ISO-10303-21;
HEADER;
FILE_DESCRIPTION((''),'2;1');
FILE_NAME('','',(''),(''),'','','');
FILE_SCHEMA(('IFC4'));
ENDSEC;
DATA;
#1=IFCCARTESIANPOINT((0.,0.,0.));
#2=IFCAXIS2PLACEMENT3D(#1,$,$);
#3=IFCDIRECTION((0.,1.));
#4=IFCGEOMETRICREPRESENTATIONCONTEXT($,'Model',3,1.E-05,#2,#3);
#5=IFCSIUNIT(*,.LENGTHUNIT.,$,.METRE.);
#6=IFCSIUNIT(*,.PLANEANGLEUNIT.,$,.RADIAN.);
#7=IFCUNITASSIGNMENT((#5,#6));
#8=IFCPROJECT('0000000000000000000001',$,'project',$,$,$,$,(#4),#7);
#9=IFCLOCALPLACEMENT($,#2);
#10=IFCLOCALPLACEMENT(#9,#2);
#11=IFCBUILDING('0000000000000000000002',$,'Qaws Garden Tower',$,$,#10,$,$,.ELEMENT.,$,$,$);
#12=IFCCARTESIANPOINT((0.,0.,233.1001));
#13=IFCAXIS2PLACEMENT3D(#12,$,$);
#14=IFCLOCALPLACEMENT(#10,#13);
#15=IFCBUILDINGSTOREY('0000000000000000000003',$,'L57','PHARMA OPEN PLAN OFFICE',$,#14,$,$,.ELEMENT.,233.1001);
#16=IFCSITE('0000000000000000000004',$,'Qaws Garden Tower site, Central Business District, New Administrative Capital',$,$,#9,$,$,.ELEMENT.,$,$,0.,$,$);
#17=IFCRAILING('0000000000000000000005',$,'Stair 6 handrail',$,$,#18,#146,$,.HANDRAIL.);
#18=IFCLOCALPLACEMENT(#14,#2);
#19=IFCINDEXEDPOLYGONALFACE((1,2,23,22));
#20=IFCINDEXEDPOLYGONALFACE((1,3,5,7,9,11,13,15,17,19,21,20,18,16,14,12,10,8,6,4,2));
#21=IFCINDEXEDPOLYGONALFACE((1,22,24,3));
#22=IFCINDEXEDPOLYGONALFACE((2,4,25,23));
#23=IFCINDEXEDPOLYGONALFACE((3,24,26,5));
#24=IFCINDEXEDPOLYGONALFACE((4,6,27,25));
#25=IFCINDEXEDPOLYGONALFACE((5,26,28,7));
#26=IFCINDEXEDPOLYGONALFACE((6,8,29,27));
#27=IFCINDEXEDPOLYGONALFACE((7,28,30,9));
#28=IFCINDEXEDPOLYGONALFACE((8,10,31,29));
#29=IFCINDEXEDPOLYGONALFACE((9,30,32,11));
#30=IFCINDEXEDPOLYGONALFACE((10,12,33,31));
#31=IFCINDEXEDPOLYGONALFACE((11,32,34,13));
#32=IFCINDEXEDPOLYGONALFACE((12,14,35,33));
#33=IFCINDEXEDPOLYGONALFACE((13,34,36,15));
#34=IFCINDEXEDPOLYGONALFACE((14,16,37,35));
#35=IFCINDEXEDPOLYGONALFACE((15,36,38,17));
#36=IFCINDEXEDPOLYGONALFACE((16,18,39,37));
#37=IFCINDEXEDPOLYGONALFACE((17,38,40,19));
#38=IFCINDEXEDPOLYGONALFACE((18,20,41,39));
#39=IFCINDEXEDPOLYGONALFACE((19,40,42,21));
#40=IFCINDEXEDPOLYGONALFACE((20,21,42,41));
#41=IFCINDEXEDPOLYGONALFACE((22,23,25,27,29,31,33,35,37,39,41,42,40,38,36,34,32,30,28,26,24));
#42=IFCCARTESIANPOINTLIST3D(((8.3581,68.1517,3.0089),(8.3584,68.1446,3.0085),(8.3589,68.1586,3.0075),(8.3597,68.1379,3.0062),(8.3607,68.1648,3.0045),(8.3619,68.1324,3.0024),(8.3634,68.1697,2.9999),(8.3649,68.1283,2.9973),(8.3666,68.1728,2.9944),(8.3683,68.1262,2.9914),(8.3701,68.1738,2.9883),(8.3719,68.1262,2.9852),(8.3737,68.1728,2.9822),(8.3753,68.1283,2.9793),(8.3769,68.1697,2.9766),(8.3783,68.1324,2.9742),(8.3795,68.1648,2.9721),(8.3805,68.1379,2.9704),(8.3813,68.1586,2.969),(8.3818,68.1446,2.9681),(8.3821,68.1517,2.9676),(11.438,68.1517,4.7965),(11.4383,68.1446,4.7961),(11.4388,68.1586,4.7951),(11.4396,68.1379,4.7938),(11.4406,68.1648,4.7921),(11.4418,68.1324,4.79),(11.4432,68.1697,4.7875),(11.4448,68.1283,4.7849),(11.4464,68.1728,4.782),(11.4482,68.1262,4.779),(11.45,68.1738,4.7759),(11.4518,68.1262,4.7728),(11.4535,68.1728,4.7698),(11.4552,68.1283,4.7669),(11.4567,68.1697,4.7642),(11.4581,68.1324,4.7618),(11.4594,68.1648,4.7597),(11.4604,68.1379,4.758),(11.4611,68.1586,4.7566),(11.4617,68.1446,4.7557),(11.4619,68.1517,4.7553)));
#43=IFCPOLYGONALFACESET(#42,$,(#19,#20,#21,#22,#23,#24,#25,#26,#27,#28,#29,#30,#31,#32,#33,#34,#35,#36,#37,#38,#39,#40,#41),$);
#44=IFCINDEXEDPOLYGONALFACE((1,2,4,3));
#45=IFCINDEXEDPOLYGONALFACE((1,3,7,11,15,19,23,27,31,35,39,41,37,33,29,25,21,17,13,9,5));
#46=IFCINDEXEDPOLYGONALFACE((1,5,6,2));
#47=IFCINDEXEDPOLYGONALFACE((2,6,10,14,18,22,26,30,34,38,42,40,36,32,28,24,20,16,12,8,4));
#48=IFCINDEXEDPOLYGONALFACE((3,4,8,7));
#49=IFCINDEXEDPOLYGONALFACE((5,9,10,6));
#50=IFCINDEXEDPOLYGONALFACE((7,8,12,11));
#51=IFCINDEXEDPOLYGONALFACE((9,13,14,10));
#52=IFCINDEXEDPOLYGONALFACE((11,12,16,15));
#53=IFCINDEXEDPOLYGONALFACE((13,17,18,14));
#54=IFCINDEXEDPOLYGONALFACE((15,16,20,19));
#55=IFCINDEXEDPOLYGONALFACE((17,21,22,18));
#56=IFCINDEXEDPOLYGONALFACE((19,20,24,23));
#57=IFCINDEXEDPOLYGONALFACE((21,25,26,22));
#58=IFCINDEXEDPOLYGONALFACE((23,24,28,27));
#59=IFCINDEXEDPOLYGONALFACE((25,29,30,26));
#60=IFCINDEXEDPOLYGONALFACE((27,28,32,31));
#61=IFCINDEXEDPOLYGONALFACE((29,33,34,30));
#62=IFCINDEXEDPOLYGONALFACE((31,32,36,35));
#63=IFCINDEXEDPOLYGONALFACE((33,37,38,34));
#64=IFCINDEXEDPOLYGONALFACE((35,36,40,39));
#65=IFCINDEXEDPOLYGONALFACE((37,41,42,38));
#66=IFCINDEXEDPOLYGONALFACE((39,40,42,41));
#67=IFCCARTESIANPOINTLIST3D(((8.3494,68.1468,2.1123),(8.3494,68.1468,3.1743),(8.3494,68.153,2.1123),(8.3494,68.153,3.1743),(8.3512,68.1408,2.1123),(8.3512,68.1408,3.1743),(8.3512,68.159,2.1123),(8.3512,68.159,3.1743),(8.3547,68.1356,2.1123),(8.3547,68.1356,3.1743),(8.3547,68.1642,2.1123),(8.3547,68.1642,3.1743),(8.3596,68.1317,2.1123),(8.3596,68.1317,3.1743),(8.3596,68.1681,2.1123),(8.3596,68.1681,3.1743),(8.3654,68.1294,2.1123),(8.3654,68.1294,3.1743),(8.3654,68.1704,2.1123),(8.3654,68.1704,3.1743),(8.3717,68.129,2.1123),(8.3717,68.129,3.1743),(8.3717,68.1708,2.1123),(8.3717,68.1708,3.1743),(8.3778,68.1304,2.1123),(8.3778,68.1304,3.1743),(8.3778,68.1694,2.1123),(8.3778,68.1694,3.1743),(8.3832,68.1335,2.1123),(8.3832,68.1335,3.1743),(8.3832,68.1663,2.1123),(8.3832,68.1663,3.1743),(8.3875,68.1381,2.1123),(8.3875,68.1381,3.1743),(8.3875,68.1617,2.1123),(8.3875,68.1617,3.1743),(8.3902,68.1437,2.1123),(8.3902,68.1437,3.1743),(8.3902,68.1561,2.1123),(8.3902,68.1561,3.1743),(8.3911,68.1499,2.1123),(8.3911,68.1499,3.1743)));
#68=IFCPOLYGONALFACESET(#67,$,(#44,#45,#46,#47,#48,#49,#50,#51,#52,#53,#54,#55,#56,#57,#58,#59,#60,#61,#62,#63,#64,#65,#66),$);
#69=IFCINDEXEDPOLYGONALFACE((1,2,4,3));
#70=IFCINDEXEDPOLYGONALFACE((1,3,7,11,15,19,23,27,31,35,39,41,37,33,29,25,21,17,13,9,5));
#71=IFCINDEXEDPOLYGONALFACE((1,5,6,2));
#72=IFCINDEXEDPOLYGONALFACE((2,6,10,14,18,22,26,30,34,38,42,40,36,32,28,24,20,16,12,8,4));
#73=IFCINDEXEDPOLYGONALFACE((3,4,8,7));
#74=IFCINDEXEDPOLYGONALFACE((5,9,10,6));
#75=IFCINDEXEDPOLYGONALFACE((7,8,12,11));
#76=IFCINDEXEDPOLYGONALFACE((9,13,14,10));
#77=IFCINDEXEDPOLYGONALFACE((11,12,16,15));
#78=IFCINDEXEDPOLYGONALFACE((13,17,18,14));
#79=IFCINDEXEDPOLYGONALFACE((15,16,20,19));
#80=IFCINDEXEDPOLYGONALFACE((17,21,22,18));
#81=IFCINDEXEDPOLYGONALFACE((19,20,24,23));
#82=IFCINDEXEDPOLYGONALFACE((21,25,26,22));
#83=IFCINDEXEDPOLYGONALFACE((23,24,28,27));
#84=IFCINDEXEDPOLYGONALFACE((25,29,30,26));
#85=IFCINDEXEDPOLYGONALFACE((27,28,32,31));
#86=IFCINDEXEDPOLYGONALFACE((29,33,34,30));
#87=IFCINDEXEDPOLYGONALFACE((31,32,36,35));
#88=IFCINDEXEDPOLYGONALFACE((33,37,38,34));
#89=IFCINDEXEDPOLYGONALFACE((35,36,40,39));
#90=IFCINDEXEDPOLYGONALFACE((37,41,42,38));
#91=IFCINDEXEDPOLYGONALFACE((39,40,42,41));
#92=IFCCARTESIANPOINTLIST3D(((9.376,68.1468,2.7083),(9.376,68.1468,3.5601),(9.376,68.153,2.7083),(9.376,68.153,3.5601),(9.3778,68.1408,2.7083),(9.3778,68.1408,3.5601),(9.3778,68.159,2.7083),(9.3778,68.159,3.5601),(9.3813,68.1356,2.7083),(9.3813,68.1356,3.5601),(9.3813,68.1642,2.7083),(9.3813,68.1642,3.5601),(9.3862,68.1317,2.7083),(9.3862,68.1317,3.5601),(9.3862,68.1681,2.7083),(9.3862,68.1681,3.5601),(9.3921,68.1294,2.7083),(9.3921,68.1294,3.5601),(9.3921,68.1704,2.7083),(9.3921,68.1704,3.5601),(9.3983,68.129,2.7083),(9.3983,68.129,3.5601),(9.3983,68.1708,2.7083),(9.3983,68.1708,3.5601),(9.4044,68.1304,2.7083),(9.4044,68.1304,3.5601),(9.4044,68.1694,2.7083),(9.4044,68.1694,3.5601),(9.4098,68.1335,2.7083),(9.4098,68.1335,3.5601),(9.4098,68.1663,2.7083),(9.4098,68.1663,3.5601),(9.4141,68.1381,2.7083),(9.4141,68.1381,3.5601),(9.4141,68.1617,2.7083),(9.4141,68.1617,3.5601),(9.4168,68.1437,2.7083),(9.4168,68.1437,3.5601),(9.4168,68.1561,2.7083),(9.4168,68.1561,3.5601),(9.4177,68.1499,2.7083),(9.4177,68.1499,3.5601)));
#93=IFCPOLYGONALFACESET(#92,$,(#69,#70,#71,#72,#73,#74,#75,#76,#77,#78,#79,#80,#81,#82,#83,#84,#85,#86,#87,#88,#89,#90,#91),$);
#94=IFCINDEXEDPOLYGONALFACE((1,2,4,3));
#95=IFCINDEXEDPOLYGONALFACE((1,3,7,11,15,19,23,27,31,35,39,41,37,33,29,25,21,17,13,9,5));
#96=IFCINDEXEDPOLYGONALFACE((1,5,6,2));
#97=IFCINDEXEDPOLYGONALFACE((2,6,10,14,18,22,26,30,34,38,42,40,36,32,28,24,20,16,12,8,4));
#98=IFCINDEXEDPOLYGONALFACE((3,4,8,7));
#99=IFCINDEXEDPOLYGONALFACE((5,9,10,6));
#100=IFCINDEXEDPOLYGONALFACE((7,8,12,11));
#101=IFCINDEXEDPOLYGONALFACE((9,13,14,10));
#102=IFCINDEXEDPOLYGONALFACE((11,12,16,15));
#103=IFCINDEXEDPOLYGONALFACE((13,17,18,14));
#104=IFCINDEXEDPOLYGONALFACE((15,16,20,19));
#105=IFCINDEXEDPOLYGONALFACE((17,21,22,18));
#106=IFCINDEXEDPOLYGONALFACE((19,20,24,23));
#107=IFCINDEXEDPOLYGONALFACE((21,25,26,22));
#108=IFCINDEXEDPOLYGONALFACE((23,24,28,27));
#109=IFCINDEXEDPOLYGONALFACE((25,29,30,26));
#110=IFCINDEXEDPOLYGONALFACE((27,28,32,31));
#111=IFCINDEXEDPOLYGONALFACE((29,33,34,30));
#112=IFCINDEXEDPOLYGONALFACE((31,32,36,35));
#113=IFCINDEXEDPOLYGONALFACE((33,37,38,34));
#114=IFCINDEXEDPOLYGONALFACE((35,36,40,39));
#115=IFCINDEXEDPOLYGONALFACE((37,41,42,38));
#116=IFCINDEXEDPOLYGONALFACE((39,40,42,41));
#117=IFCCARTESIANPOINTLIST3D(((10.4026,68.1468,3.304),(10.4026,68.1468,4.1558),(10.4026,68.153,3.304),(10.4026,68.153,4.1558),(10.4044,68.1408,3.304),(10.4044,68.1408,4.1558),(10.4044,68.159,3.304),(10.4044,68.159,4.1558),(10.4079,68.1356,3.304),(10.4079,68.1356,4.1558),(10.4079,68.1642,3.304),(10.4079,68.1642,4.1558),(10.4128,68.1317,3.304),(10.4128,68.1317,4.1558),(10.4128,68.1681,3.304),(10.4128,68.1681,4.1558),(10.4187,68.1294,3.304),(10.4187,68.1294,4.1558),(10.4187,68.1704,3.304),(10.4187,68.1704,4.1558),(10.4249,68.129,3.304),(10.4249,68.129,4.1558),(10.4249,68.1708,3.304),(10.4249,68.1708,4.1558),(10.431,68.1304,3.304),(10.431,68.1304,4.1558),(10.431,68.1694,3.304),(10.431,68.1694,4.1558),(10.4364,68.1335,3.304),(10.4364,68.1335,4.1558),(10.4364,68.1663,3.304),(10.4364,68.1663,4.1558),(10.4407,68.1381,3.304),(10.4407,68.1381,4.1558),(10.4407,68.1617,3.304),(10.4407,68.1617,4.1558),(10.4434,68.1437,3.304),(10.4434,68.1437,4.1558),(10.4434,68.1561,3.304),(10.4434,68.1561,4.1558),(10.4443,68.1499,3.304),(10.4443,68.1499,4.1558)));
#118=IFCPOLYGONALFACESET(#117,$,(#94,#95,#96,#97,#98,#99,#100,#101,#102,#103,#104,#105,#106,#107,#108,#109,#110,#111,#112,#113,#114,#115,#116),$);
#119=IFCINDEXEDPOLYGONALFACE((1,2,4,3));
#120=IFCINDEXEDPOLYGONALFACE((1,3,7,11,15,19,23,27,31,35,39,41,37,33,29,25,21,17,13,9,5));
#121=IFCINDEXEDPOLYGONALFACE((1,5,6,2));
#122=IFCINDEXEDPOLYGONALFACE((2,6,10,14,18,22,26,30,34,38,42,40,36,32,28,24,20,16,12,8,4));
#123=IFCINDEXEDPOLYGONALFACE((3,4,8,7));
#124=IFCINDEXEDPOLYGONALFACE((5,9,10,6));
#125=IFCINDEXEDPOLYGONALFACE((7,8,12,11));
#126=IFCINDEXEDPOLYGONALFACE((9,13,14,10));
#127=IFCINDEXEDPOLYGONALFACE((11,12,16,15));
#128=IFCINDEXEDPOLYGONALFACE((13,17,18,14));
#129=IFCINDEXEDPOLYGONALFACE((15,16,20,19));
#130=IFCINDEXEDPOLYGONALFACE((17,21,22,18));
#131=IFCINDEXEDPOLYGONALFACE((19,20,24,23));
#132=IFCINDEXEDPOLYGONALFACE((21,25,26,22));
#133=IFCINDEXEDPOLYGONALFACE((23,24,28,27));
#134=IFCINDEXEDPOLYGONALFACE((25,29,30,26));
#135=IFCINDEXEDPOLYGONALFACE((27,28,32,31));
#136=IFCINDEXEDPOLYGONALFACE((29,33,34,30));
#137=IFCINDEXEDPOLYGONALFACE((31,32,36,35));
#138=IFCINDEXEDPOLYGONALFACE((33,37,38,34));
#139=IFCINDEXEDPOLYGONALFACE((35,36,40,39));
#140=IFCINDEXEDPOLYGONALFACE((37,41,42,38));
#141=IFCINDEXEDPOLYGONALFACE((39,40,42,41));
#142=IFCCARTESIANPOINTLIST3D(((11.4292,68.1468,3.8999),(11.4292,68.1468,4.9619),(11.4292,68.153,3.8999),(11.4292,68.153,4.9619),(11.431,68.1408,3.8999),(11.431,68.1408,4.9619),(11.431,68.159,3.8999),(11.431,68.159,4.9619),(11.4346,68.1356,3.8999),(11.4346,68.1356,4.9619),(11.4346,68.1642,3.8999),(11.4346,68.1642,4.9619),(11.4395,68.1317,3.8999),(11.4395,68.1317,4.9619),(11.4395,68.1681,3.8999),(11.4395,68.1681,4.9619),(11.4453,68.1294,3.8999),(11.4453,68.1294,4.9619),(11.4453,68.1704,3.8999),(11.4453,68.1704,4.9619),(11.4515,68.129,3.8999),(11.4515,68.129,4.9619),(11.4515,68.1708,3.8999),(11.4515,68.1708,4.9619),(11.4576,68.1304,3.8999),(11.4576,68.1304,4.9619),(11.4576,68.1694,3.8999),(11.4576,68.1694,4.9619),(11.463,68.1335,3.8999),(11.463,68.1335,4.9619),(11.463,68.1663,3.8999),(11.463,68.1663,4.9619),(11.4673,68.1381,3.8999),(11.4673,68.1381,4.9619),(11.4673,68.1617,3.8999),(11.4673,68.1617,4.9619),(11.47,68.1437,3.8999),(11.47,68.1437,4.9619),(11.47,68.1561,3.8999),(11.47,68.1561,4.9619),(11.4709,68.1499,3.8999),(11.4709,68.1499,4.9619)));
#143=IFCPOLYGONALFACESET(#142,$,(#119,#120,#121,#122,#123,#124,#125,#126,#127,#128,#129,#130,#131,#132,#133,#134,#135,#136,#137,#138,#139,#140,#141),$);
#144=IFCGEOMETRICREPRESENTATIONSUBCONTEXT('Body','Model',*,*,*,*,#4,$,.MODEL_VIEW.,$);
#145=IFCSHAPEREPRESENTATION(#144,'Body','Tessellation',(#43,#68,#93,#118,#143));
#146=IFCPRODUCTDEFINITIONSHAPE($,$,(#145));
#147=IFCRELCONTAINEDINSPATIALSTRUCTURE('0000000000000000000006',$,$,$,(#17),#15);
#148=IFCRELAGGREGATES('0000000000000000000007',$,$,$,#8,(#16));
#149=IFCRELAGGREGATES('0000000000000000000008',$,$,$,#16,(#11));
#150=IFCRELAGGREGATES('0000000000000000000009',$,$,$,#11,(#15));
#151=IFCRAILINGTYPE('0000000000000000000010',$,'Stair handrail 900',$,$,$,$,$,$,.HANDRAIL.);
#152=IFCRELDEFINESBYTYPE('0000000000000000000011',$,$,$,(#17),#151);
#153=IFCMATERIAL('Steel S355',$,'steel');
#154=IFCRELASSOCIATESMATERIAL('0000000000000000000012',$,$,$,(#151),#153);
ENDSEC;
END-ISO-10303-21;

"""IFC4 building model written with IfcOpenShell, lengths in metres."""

from ifc_helpers import new_model, si_unit, direction, frame, origin, origin_2d, place, context, subcontext, project, spatial, circle, extrude, material, type_object, element, save


model = new_model("IFC4")

# Units and contexts
model_context = context("Model", 3, precision=1e-05, world=origin(), true_north=direction((0.0, 1.0)))
body_context = subcontext(model_context, "Body", "Model", "MODEL_VIEW")
ifc_project = project(units=[si_unit("LENGTHUNIT", "METRE"), si_unit("PLANEANGLEUNIT", "RADIAN")], contexts=[model_context])

# Site, building, storey
site_placement = place(None, origin())
site = spatial("IfcSite", under=ifc_project, at=site_placement, Name="Qaws Garden Tower site, Central Business District, New Administrative Capital", CompositionType="ELEMENT", RefElevation=0.0)
building_placement = place(site_placement, origin())
building = spatial("IfcBuilding", under=site, at=building_placement, Name="Qaws Garden Tower", CompositionType="ELEMENT")
storey_placement = place(building_placement, frame((0.0, 0.0, 233.1001)))
storey = spatial("IfcBuildingStorey", under=building, at=storey_placement, Name="L57", Description="PHARMA OPEN PLAN OFFICE", CompositionType="ELEMENT", Elevation=233.1001)

# Railing
ifc_material_1 = material(Name="Steel S355", Category="steel")
railing_type = type_object("IfcRailingType", Name="Stair handrail 900", PredefinedType="HANDRAIL", material=ifc_material_1)
railing_1_placement = place(storey_placement, frame((8.3701, 68.1499, 2.1123)))
element("IfcRailing", 1, at=railing_1_placement, inside=storey, type_object=railing_type, Name="Stair 6 handrail", PredefinedType="HANDRAIL", context=body_context, shape_type="SweptSolid", body=[
    extrude(circle(Radius=0.0239, at=origin_2d()), frame((0.0, 0.0, 0.876), z_axis=(0.864873, 0.0, 0.50199), x_axis=(0.0, 1.0, 0.0)), (0.0, 0.0, 1.0), 3.561),
    extrude(circle(Radius=0.021, at=origin_2d()), origin(), (0.0, 0.0, 1.0), 1.062),
    extrude(circle(Radius=0.021, at=origin_2d()), frame((1.0266, 0.0, 0.5959)), (0.0, 0.0, 1.0), 0.8518),
    extrude(circle(Radius=0.021, at=origin_2d()), frame((2.0532, 0.0, 1.1917)), (0.0, 0.0, 1.0), 0.8518),
    extrude(circle(Radius=0.021, at=origin_2d()), frame((3.0798, 0.0, 1.7876)), (0.0, 0.0, 1.0), 1.062),
])

save(model, "model.ifc")
